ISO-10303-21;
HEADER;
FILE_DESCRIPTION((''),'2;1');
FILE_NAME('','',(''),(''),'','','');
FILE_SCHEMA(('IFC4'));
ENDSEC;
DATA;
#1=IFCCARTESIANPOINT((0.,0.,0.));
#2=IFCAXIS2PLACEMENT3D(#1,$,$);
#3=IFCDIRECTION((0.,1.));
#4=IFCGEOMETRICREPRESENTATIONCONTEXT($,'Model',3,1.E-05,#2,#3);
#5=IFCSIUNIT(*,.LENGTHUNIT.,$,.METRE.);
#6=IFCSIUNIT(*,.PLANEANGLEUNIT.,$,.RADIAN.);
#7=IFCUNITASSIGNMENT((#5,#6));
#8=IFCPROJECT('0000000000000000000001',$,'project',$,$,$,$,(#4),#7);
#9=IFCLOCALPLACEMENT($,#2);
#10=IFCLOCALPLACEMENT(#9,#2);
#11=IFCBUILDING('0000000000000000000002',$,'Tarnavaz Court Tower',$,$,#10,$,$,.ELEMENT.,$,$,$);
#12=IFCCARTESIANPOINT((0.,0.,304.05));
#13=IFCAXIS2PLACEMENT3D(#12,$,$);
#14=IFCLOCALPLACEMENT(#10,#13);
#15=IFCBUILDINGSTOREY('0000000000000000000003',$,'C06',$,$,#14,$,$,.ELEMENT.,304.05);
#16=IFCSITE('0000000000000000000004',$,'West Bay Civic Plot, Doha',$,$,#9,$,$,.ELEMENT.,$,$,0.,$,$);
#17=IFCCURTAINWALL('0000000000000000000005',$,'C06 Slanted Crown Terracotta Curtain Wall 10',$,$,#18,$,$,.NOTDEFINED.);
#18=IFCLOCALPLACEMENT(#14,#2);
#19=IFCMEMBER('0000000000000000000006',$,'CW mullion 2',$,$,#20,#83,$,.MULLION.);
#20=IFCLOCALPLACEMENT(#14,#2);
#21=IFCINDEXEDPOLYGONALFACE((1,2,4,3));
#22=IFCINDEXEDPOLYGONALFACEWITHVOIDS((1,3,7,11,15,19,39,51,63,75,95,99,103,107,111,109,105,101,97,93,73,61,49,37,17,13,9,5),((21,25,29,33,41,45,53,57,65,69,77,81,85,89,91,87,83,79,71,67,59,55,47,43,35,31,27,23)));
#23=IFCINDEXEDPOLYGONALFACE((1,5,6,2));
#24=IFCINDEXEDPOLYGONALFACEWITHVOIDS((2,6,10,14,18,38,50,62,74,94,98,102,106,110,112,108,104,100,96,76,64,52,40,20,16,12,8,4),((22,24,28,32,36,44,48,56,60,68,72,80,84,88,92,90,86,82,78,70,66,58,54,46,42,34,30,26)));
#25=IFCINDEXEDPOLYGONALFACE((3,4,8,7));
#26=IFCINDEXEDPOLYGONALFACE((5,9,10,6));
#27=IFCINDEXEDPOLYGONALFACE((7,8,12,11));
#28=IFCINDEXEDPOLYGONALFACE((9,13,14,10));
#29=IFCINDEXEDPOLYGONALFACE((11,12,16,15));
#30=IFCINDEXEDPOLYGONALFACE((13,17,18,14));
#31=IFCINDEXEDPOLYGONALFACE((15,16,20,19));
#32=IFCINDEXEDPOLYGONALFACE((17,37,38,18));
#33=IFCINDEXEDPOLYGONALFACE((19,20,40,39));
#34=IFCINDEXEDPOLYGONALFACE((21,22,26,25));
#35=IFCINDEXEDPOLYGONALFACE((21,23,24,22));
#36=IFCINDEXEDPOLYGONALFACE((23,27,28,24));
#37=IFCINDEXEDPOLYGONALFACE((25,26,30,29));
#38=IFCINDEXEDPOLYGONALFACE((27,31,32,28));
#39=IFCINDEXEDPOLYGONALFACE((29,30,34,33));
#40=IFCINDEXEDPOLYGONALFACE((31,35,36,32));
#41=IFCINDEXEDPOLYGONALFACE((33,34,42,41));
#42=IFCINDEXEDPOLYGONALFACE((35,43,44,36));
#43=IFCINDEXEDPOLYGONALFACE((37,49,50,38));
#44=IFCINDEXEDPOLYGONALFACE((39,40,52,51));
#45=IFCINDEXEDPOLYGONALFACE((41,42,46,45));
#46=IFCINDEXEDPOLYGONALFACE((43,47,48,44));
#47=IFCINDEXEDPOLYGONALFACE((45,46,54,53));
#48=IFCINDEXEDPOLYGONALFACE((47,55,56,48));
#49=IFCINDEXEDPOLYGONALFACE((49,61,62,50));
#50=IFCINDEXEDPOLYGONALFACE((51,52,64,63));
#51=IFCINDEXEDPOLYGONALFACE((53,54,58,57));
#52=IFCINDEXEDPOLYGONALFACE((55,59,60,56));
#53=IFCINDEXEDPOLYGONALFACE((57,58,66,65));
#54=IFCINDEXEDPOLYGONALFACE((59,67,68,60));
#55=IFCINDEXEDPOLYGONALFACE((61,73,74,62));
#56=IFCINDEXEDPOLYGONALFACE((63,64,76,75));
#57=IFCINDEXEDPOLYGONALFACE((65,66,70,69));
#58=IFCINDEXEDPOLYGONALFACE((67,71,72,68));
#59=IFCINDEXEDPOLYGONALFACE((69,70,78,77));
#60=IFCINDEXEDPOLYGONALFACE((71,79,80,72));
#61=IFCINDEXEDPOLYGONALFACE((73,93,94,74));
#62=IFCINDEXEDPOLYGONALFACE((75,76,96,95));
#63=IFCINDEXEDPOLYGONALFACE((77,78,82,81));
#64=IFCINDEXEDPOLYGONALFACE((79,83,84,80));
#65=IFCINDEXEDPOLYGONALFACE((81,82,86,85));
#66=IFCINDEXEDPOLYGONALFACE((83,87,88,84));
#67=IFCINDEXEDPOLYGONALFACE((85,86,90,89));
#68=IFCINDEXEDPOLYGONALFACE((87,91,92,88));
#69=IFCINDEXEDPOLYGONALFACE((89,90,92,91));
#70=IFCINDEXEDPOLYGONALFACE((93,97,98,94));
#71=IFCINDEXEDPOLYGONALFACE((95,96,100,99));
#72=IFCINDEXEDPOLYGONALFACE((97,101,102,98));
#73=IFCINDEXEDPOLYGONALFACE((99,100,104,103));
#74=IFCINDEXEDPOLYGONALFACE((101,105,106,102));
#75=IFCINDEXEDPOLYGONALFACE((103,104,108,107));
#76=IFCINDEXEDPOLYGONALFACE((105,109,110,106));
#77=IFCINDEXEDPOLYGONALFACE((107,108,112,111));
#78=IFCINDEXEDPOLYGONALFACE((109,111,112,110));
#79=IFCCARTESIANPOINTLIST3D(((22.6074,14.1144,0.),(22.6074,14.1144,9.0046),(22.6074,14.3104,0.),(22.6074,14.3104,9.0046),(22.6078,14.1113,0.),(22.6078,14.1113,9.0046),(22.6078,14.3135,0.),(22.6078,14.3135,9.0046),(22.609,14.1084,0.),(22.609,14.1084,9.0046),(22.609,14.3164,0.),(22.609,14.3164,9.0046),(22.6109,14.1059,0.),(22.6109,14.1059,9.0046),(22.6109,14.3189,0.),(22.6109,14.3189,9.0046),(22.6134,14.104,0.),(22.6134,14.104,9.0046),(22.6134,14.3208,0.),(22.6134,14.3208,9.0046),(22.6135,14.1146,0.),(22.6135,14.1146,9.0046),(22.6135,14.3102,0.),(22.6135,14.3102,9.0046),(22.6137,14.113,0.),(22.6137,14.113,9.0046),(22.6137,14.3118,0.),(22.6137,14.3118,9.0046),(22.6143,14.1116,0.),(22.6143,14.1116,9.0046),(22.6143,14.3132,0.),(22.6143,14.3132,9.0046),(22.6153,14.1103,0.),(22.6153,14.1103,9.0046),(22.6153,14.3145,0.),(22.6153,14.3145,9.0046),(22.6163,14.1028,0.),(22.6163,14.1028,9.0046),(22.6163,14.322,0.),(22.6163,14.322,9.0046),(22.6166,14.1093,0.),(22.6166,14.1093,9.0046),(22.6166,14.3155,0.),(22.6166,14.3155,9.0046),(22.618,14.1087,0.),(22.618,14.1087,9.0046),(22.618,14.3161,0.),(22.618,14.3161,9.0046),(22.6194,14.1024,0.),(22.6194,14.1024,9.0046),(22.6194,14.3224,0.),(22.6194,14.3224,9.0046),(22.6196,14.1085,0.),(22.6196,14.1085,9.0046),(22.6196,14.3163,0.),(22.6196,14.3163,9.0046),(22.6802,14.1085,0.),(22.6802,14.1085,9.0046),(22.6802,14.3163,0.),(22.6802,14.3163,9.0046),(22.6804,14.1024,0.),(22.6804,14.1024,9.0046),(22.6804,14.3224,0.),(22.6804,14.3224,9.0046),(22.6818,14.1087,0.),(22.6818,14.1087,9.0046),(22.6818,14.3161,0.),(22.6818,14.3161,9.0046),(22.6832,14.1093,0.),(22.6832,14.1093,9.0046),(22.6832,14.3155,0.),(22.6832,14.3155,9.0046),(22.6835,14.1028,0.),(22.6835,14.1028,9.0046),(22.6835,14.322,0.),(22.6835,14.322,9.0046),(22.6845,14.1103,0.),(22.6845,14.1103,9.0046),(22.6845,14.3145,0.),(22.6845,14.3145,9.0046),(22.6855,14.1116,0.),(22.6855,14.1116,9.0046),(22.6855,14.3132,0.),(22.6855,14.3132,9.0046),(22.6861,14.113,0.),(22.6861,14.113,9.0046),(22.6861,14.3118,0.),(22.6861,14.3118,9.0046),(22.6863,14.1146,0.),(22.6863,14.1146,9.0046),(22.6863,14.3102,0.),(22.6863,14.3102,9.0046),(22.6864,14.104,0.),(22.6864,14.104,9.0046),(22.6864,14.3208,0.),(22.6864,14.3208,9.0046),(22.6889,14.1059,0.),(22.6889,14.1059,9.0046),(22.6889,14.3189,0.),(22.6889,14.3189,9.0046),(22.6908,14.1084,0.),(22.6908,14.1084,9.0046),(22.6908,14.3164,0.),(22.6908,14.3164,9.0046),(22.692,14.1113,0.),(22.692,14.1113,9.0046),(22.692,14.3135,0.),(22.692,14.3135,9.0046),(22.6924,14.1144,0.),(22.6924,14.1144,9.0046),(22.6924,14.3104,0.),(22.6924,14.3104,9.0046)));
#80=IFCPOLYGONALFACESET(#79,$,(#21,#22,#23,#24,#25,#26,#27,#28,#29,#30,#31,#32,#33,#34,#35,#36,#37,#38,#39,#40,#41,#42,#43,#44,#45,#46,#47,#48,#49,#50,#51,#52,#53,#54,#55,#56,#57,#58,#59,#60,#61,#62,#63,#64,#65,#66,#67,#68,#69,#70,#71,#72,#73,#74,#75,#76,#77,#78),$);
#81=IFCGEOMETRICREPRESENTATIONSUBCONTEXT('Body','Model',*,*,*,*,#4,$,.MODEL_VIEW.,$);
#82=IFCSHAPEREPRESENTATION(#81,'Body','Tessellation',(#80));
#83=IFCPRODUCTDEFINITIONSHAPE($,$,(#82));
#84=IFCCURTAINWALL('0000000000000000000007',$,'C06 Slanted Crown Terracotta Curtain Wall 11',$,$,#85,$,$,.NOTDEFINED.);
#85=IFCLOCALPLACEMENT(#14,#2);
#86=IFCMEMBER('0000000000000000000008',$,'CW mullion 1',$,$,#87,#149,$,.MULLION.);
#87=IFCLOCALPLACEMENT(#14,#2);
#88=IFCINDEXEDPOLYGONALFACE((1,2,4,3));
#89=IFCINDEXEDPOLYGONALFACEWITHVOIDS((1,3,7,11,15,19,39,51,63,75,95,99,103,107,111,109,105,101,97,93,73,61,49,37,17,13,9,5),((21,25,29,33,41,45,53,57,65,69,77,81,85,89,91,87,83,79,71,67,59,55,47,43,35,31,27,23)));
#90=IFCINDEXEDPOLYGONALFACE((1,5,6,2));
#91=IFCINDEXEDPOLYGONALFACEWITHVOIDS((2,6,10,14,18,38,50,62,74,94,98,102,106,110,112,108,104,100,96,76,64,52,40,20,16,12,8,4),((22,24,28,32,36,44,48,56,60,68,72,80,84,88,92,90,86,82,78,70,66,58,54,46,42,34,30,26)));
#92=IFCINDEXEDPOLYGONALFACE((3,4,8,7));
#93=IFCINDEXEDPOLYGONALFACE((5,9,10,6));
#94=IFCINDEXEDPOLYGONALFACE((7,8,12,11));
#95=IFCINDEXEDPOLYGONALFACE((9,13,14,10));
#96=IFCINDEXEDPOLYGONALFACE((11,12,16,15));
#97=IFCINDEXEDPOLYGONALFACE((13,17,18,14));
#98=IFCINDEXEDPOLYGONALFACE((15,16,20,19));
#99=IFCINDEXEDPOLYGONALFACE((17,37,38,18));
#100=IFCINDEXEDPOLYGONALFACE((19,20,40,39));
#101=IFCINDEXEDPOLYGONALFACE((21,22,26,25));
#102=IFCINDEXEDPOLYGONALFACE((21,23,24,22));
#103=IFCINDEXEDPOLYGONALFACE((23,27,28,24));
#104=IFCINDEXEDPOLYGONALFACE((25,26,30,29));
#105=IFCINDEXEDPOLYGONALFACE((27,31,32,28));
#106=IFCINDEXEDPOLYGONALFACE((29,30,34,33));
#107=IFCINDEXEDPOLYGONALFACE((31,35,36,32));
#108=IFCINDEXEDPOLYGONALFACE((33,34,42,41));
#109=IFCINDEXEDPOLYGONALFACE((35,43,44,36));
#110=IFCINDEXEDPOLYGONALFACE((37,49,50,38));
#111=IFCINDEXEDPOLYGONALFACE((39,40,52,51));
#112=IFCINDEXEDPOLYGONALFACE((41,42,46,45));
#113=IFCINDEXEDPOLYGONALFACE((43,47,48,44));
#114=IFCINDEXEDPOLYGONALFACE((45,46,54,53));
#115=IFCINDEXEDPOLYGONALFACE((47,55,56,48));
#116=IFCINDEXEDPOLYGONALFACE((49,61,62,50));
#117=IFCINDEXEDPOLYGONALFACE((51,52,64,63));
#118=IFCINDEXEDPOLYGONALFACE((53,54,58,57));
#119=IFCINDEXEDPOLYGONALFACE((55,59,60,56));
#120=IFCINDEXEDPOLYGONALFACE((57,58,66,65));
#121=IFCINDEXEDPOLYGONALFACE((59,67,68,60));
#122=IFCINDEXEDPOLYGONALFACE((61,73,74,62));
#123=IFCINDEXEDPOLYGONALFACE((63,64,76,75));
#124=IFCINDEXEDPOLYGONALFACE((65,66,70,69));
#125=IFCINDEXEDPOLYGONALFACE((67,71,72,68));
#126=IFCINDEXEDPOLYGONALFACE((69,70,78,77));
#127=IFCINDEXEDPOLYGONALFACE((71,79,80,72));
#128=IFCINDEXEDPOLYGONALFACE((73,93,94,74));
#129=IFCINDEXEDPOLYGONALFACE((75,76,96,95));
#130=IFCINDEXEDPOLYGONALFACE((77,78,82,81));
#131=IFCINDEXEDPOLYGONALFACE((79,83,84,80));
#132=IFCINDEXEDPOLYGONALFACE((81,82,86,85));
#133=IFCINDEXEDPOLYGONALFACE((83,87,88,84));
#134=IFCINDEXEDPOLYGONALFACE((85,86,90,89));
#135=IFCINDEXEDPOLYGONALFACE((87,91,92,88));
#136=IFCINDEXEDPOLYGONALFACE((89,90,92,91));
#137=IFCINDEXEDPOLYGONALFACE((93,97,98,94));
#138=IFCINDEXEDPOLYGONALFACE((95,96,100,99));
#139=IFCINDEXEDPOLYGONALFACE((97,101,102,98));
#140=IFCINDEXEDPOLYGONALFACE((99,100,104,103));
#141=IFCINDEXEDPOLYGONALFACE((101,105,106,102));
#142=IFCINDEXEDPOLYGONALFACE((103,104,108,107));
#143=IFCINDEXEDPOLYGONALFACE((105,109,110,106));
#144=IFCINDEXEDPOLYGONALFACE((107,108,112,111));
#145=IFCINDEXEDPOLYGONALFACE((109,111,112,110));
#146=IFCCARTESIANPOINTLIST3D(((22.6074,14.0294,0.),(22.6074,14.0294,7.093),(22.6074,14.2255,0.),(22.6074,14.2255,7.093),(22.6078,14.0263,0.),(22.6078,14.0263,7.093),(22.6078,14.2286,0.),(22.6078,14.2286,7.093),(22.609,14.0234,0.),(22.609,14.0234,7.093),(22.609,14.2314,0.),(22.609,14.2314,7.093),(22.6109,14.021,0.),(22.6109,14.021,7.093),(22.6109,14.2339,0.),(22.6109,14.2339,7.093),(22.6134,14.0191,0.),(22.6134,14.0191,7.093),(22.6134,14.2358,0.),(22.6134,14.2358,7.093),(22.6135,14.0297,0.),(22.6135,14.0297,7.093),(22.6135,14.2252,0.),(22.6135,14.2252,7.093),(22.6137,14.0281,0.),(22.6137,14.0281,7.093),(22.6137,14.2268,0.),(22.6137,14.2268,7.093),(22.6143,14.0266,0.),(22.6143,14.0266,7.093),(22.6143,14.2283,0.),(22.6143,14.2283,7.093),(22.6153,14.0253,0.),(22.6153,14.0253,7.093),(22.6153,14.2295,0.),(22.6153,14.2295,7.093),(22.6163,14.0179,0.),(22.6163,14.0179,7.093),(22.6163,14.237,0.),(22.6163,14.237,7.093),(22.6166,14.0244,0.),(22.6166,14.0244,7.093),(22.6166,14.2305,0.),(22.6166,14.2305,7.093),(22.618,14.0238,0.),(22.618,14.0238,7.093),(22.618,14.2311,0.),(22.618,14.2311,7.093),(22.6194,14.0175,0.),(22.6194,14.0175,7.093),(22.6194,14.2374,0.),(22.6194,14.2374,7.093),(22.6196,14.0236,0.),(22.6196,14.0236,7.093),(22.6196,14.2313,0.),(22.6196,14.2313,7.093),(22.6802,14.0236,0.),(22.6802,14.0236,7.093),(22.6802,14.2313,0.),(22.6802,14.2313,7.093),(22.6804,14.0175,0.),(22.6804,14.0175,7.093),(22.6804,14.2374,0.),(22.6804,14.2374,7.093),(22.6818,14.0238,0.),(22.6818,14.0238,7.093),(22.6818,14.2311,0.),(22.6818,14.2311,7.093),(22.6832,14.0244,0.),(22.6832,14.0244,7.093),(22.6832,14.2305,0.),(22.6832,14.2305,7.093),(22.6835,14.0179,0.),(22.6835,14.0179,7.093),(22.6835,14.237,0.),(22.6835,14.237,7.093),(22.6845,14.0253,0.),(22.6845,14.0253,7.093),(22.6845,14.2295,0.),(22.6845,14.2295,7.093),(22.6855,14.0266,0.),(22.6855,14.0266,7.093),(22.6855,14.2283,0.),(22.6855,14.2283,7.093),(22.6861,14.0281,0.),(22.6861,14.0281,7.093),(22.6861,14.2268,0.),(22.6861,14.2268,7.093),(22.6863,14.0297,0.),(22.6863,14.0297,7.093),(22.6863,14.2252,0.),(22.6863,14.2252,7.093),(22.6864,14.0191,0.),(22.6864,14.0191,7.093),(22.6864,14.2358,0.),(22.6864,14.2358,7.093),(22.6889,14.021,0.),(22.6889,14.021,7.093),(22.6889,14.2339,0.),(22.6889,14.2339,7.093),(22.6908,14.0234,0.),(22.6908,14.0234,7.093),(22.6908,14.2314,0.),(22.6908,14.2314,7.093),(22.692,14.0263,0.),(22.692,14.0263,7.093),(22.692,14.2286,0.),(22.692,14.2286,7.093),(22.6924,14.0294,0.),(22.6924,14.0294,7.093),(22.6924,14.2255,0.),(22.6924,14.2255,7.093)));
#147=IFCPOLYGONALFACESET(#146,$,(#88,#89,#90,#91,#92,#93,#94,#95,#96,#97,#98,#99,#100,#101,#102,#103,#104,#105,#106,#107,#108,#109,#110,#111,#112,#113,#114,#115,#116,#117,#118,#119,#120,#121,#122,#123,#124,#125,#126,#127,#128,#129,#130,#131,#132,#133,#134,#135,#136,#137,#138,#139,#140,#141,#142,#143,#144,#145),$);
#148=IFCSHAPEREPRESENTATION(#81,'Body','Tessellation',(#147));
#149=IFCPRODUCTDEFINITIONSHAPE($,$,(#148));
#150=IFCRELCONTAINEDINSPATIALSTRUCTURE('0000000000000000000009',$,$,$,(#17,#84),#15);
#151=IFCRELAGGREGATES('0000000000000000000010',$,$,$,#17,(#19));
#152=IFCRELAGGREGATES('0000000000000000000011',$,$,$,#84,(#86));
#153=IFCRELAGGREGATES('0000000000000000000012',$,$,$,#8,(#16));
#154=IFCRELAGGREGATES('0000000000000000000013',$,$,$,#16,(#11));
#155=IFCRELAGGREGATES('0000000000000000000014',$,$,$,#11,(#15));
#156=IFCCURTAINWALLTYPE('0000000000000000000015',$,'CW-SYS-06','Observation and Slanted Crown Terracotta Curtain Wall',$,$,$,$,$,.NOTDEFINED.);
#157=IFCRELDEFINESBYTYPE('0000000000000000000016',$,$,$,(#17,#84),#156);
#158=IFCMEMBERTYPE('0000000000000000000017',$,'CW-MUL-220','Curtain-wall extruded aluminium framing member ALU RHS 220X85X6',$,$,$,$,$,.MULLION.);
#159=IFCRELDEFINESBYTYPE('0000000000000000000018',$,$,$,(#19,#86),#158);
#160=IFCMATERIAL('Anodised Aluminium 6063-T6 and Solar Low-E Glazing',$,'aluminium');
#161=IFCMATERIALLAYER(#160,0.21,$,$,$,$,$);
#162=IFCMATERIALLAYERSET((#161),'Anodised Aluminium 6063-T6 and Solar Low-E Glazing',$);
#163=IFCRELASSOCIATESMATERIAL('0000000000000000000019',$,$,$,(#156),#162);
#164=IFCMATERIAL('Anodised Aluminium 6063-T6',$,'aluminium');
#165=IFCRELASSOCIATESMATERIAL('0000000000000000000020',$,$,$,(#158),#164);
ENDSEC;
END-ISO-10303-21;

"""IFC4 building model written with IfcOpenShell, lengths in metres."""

from ifc_helpers import new_model, si_unit, direction, frame, origin, origin_2d, place, context, subcontext, project, spatial, hollow_rectangle, extrude, material, layer, layer_set, material_profile, profile_set, type_object, element, aggregate, save


model = new_model("IFC4")

# Units and contexts
model_context = context("Model", 3, precision=1e-05, world=origin(), true_north=direction((0.0, 1.0)))
body_context = subcontext(model_context, "Body", "Model", "MODEL_VIEW")
ifc_project = project(units=[si_unit("LENGTHUNIT", "METRE"), si_unit("PLANEANGLEUNIT", "RADIAN")], contexts=[model_context])

# Site, building, storey
site_placement = place(None, origin())
site = spatial("IfcSite", under=ifc_project, at=site_placement, Name="West Bay Civic Plot, Doha", CompositionType="ELEMENT", RefElevation=0.0)
building_placement = place(site_placement, origin())
building = spatial("IfcBuilding", under=site, at=building_placement, Name="Tarnavaz Court Tower", CompositionType="ELEMENT")
storey_placement = place(building_placement, frame((0.0, 0.0, 304.05)))
storey = spatial("IfcBuildingStorey", under=building, at=storey_placement, Name="C06", CompositionType="ELEMENT", Elevation=304.05)

# Curtain walls, members
ifc_material_1 = material(Name="Anodised Aluminium 6063-T6 and Solar Low-E Glazing", Category="aluminium")
ifc_layer_1 = layer(ifc_material_1, 0.21)
ifc_layer_set_1 = layer_set([ifc_layer_1], Name="Anodised Aluminium 6063-T6 and Solar Low-E Glazing")
curtain_wall_type = type_object("IfcCurtainWallType", Name="CW-SYS-06", Description="Observation and Slanted Crown Terracotta Curtain Wall", PredefinedType="NOTDEFINED", material=ifc_layer_set_1)
ifc_material_2 = material(Name="Anodised Aluminium 6063-T6", Category="aluminium")
ifc_material_profile_1 = material_profile(ifc_material_2, hollow_rectangle(XDim=0.085, YDim=0.22, WallThickness=0.0061, InnerFilletRadius=0.0061, OuterFilletRadius=0.012, at=origin_2d()), Name="ALU RHS 220X85X6")
ifc_profile_set_1 = profile_set([ifc_material_profile_1], Name="Anodised Aluminium 6063-T6")
member_type_1 = type_object("IfcMemberType", Name="CW-MUL-220", Description="Curtain-wall extruded aluminium framing member ALU RHS 220X85X6", PredefinedType="MULLION", material=ifc_profile_set_1)
curtain_wall_1_placement = place(storey_placement, origin())
curtain_wall_1 = element("IfcCurtainWall", 1, at=curtain_wall_1_placement, inside=storey, type_object=curtain_wall_type, Name="C06 Slanted Crown Terracotta Curtain Wall 10", PredefinedType="NOTDEFINED")
member_1_placement = place(storey_placement, frame((22.6499, 14.2124, 0.0), z_axis=(0.0, 0.0, 1.0), x_axis=(1.0, 0.0, 0.0)))
member_1 = element("IfcMember", 2, at=member_1_placement, type_object=member_type_1, Name="CW mullion 2", PredefinedType="MULLION", context=body_context, shape_type="SweptSolid", body=[
    extrude(hollow_rectangle(XDim=0.085, YDim=0.22, WallThickness=0.0061, InnerFilletRadius=0.0061, OuterFilletRadius=0.012, at=origin_2d()), origin(), (0.0, 0.0, 1.0), 9.0046),
])
curtain_wall_2_placement = place(storey_placement, origin())
curtain_wall_2 = element("IfcCurtainWall", 3, at=curtain_wall_2_placement, inside=storey, type_object=curtain_wall_type, Name="C06 Slanted Crown Terracotta Curtain Wall 11", PredefinedType="NOTDEFINED")
member_2_placement = place(storey_placement, frame((22.6499, 14.1274, 0.0), z_axis=(0.0, 0.0, 1.0), x_axis=(1.0, 0.0, 0.0)))
member_2 = element("IfcMember", 4, at=member_2_placement, type_object=member_type_1, Name="CW mullion 1", PredefinedType="MULLION", context=body_context, shape_type="SweptSolid", body=[
    extrude(hollow_rectangle(XDim=0.085, YDim=0.22, WallThickness=0.0061, InnerFilletRadius=0.0061, OuterFilletRadius=0.012, at=origin_2d()), origin(), (0.0, 0.0, 1.0), 7.093),
])

aggregate(curtain_wall_1, [member_1])
aggregate(curtain_wall_2, [member_2])

save(model, "model.ifc")
